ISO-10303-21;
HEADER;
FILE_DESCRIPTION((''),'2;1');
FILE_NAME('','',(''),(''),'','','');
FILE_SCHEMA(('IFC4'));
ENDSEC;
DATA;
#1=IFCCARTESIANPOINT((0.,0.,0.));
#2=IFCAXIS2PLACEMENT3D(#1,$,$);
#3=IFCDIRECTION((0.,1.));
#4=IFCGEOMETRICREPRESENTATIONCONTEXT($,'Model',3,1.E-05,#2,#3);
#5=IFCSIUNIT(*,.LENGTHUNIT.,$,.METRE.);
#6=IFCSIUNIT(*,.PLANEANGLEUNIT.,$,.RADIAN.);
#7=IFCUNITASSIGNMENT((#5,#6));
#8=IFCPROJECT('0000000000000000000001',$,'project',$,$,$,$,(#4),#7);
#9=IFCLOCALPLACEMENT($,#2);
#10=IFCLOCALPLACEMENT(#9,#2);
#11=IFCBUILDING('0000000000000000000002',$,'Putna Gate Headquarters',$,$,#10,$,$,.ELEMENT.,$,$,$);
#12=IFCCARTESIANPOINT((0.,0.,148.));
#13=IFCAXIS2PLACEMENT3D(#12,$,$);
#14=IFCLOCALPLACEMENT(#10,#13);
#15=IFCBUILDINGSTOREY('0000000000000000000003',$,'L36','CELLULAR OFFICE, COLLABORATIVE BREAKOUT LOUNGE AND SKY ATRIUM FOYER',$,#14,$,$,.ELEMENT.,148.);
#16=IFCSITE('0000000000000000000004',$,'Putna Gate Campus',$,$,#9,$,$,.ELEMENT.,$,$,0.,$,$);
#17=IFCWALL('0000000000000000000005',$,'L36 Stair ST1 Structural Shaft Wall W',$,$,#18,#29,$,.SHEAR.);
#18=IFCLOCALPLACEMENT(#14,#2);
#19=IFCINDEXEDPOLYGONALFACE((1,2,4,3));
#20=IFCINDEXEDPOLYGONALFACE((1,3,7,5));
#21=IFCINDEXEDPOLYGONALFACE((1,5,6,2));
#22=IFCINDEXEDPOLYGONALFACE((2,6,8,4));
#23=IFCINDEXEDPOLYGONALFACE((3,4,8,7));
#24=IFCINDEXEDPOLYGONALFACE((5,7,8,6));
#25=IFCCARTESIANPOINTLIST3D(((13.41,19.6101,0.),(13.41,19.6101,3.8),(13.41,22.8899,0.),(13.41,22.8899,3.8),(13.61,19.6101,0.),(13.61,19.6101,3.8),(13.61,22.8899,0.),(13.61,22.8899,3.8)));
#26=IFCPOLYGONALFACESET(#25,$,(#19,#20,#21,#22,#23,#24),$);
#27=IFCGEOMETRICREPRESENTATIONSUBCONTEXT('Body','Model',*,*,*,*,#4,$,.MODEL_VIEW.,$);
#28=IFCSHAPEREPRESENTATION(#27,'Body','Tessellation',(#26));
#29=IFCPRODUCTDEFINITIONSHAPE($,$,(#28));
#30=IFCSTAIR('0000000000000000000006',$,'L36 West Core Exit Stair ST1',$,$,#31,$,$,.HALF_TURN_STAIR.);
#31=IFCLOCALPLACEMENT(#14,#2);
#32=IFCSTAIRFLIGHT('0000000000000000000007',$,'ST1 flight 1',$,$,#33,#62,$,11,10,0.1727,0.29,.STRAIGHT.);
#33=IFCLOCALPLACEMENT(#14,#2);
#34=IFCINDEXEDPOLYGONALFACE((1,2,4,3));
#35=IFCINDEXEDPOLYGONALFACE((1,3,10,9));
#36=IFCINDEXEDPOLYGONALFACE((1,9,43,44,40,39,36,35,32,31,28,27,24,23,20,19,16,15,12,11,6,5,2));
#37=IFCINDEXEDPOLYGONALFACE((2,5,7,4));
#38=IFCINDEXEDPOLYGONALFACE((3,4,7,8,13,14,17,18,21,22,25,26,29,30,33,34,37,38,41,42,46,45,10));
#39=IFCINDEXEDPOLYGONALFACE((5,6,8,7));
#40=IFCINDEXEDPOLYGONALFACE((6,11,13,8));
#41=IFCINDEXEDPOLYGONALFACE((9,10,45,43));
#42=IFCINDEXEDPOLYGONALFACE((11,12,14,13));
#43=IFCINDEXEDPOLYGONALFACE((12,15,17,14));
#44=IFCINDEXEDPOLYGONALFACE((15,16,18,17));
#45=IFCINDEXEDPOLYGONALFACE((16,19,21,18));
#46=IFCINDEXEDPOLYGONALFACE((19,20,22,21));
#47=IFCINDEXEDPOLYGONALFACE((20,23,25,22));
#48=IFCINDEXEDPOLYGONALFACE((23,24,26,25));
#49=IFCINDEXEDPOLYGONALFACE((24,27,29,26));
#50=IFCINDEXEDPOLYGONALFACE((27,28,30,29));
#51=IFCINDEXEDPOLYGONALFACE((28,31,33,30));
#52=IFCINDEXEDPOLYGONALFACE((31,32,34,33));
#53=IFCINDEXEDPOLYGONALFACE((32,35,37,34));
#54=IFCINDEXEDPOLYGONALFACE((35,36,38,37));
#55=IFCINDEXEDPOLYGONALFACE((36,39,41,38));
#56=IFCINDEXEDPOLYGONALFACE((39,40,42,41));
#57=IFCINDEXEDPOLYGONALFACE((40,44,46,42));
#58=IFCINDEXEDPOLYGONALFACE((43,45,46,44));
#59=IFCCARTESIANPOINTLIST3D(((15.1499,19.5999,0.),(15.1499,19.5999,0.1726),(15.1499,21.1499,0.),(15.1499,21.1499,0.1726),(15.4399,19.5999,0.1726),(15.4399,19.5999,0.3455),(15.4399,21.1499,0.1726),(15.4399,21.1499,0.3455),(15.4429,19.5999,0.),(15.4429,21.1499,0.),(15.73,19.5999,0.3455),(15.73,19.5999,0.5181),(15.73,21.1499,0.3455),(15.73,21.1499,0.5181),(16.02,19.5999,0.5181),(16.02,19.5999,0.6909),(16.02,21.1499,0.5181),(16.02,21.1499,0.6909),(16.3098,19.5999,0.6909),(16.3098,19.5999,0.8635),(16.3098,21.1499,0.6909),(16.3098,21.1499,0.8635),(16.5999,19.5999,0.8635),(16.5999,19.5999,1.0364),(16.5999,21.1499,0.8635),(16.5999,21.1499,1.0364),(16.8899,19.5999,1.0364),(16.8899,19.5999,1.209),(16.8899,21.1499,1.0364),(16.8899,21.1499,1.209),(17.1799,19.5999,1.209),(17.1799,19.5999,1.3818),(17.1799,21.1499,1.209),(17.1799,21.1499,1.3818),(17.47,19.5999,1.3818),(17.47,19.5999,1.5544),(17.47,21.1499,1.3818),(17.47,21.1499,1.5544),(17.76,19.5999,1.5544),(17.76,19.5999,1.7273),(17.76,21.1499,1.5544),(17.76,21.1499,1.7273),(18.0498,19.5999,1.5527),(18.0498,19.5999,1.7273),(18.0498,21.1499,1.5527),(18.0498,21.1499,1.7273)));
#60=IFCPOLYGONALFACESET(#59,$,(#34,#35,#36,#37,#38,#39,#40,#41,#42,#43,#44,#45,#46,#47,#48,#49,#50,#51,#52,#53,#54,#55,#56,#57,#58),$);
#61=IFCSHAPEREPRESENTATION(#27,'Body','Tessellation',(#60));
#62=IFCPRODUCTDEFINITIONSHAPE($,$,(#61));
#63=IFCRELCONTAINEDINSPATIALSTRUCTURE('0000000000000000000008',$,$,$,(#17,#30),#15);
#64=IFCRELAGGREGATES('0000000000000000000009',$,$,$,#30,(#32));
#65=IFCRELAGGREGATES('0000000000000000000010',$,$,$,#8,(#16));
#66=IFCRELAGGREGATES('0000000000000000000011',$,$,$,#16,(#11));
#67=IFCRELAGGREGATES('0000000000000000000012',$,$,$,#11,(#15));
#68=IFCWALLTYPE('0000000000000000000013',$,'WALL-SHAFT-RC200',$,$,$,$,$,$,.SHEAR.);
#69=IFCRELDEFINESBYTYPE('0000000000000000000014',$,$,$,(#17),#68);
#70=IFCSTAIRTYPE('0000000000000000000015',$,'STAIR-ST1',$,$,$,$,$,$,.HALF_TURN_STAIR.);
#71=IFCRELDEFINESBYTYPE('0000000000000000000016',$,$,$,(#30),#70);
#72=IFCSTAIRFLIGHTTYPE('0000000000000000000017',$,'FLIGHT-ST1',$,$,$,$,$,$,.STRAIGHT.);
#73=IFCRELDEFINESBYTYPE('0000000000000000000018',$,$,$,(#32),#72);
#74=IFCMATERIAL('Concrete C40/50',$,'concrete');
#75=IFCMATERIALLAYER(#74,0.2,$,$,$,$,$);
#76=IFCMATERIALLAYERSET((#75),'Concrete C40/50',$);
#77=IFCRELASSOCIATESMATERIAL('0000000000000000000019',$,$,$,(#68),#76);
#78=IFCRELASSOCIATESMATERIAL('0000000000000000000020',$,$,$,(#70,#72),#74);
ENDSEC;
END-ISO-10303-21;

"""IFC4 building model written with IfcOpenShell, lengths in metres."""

from ifc_helpers import new_model, si_unit, direction, frame, frame_2d, origin, place, context, subcontext, project, spatial, polyline, rectangle, outline, extrude, material, layer, layer_set, type_object, element, aggregate, save


model = new_model("IFC4")

# Units and contexts
model_context = context("Model", 3, precision=1e-05, world=origin(), true_north=direction((0.0, 1.0)))
body_context = subcontext(model_context, "Body", "Model", "MODEL_VIEW")
ifc_project = project(units=[si_unit("LENGTHUNIT", "METRE"), si_unit("PLANEANGLEUNIT", "RADIAN")], contexts=[model_context])

# Site, building, storey
site_placement = place(None, origin())
site = spatial("IfcSite", under=ifc_project, at=site_placement, Name="Putna Gate Campus", CompositionType="ELEMENT", RefElevation=0.0)
building_placement = place(site_placement, origin())
building = spatial("IfcBuilding", under=site, at=building_placement, Name="Putna Gate Headquarters", CompositionType="ELEMENT")
storey_placement = place(building_placement, frame((0.0, 0.0, 148.0)))
storey = spatial("IfcBuildingStorey", under=building, at=storey_placement, Name="L36", Description="CELLULAR OFFICE, COLLABORATIVE BREAKOUT LOUNGE AND SKY ATRIUM FOYER", CompositionType="ELEMENT", Elevation=148.0)

# Wall
ifc_material_1 = material(Name="Concrete C40/50", Category="concrete")
ifc_layer_1 = layer(ifc_material_1, 0.2)
ifc_layer_set_1 = layer_set([ifc_layer_1], Name="Concrete C40/50")
wall_type_1 = type_object("IfcWallType", Name="WALL-SHAFT-RC200", PredefinedType="SHEAR", material=ifc_layer_set_1)
wall_1_placement = place(storey_placement, frame((13.51, 19.6101, 0.0), z_axis=(0.0, 0.0, 1.0), x_axis=(0.0, 1.0, 0.0)))
element("IfcWall", 1, at=wall_1_placement, inside=storey, type_object=wall_type_1, Name="L36 Stair ST1 Structural Shaft Wall W", PredefinedType="SHEAR", context=body_context, shape_type="SweptSolid", body=[
    extrude(rectangle(XDim=3.2798, YDim=0.2, at=frame_2d((1.6399, 0.0))), origin(), (0.0, 0.0, 1.0), 3.8),
])

# Stair, stair flight
stair_type = type_object("IfcStairType", Name="STAIR-ST1", PredefinedType="HALF_TURN_STAIR", material=ifc_material_1)
stair_placement = place(storey_placement, origin())
stair = element("IfcStair", 2, at=stair_placement, inside=storey, type_object=stair_type, Name="L36 West Core Exit Stair ST1", PredefinedType="HALF_TURN_STAIR")
stair_flight_type = type_object("IfcStairFlightType", Name="FLIGHT-ST1", PredefinedType="STRAIGHT", material=ifc_material_1)
stair_flight_placement = place(storey_placement, frame((15.1499, 20.375, 0.0), z_axis=(0.0, 0.0, 1.0), x_axis=(1.0, 0.0, 0.0)))
stair_flight = element("IfcStairFlight", 3, at=stair_flight_placement, type_object=stair_flight_type, Name="ST1 flight 1", NumberOfRisers=11, NumberOfTreads=10, PredefinedType="STRAIGHT", RiserHeight=0.1727, TreadLength=0.29, context=body_context, shape_type="SweptSolid", body=[
    extrude(outline(polyline([(0.0, 0.0), (0.0, 0.1726), (0.29, 0.1726), (0.29, 0.3455), (0.5801, 0.3455), (0.5801, 0.5181), (0.8701, 0.5181), (0.8701, 0.6909), (1.1599, 0.6909), (1.1599, 0.8635), (1.45, 0.8635), (1.45, 1.0364), (1.74, 1.0364), (1.74, 1.209), (2.03, 1.209), (2.03, 1.3818), (2.3201, 1.3818), (2.3201, 1.5544), (2.6101, 1.5544), (2.6101, 1.7273), (2.8999, 1.7273), (2.8999, 1.8999), (2.8999, 1.5527), (0.293, 0.0), (0.0, 0.0)])), frame((0.0, 0.7749, 0.0), z_axis=(0.0, -1.0, 0.0), x_axis=(1.0, 0.0, 0.0)), (0.0, 0.0, 1.0), 1.55),
])
aggregate(stair, [stair_flight])

save(model, "model.ifc")
